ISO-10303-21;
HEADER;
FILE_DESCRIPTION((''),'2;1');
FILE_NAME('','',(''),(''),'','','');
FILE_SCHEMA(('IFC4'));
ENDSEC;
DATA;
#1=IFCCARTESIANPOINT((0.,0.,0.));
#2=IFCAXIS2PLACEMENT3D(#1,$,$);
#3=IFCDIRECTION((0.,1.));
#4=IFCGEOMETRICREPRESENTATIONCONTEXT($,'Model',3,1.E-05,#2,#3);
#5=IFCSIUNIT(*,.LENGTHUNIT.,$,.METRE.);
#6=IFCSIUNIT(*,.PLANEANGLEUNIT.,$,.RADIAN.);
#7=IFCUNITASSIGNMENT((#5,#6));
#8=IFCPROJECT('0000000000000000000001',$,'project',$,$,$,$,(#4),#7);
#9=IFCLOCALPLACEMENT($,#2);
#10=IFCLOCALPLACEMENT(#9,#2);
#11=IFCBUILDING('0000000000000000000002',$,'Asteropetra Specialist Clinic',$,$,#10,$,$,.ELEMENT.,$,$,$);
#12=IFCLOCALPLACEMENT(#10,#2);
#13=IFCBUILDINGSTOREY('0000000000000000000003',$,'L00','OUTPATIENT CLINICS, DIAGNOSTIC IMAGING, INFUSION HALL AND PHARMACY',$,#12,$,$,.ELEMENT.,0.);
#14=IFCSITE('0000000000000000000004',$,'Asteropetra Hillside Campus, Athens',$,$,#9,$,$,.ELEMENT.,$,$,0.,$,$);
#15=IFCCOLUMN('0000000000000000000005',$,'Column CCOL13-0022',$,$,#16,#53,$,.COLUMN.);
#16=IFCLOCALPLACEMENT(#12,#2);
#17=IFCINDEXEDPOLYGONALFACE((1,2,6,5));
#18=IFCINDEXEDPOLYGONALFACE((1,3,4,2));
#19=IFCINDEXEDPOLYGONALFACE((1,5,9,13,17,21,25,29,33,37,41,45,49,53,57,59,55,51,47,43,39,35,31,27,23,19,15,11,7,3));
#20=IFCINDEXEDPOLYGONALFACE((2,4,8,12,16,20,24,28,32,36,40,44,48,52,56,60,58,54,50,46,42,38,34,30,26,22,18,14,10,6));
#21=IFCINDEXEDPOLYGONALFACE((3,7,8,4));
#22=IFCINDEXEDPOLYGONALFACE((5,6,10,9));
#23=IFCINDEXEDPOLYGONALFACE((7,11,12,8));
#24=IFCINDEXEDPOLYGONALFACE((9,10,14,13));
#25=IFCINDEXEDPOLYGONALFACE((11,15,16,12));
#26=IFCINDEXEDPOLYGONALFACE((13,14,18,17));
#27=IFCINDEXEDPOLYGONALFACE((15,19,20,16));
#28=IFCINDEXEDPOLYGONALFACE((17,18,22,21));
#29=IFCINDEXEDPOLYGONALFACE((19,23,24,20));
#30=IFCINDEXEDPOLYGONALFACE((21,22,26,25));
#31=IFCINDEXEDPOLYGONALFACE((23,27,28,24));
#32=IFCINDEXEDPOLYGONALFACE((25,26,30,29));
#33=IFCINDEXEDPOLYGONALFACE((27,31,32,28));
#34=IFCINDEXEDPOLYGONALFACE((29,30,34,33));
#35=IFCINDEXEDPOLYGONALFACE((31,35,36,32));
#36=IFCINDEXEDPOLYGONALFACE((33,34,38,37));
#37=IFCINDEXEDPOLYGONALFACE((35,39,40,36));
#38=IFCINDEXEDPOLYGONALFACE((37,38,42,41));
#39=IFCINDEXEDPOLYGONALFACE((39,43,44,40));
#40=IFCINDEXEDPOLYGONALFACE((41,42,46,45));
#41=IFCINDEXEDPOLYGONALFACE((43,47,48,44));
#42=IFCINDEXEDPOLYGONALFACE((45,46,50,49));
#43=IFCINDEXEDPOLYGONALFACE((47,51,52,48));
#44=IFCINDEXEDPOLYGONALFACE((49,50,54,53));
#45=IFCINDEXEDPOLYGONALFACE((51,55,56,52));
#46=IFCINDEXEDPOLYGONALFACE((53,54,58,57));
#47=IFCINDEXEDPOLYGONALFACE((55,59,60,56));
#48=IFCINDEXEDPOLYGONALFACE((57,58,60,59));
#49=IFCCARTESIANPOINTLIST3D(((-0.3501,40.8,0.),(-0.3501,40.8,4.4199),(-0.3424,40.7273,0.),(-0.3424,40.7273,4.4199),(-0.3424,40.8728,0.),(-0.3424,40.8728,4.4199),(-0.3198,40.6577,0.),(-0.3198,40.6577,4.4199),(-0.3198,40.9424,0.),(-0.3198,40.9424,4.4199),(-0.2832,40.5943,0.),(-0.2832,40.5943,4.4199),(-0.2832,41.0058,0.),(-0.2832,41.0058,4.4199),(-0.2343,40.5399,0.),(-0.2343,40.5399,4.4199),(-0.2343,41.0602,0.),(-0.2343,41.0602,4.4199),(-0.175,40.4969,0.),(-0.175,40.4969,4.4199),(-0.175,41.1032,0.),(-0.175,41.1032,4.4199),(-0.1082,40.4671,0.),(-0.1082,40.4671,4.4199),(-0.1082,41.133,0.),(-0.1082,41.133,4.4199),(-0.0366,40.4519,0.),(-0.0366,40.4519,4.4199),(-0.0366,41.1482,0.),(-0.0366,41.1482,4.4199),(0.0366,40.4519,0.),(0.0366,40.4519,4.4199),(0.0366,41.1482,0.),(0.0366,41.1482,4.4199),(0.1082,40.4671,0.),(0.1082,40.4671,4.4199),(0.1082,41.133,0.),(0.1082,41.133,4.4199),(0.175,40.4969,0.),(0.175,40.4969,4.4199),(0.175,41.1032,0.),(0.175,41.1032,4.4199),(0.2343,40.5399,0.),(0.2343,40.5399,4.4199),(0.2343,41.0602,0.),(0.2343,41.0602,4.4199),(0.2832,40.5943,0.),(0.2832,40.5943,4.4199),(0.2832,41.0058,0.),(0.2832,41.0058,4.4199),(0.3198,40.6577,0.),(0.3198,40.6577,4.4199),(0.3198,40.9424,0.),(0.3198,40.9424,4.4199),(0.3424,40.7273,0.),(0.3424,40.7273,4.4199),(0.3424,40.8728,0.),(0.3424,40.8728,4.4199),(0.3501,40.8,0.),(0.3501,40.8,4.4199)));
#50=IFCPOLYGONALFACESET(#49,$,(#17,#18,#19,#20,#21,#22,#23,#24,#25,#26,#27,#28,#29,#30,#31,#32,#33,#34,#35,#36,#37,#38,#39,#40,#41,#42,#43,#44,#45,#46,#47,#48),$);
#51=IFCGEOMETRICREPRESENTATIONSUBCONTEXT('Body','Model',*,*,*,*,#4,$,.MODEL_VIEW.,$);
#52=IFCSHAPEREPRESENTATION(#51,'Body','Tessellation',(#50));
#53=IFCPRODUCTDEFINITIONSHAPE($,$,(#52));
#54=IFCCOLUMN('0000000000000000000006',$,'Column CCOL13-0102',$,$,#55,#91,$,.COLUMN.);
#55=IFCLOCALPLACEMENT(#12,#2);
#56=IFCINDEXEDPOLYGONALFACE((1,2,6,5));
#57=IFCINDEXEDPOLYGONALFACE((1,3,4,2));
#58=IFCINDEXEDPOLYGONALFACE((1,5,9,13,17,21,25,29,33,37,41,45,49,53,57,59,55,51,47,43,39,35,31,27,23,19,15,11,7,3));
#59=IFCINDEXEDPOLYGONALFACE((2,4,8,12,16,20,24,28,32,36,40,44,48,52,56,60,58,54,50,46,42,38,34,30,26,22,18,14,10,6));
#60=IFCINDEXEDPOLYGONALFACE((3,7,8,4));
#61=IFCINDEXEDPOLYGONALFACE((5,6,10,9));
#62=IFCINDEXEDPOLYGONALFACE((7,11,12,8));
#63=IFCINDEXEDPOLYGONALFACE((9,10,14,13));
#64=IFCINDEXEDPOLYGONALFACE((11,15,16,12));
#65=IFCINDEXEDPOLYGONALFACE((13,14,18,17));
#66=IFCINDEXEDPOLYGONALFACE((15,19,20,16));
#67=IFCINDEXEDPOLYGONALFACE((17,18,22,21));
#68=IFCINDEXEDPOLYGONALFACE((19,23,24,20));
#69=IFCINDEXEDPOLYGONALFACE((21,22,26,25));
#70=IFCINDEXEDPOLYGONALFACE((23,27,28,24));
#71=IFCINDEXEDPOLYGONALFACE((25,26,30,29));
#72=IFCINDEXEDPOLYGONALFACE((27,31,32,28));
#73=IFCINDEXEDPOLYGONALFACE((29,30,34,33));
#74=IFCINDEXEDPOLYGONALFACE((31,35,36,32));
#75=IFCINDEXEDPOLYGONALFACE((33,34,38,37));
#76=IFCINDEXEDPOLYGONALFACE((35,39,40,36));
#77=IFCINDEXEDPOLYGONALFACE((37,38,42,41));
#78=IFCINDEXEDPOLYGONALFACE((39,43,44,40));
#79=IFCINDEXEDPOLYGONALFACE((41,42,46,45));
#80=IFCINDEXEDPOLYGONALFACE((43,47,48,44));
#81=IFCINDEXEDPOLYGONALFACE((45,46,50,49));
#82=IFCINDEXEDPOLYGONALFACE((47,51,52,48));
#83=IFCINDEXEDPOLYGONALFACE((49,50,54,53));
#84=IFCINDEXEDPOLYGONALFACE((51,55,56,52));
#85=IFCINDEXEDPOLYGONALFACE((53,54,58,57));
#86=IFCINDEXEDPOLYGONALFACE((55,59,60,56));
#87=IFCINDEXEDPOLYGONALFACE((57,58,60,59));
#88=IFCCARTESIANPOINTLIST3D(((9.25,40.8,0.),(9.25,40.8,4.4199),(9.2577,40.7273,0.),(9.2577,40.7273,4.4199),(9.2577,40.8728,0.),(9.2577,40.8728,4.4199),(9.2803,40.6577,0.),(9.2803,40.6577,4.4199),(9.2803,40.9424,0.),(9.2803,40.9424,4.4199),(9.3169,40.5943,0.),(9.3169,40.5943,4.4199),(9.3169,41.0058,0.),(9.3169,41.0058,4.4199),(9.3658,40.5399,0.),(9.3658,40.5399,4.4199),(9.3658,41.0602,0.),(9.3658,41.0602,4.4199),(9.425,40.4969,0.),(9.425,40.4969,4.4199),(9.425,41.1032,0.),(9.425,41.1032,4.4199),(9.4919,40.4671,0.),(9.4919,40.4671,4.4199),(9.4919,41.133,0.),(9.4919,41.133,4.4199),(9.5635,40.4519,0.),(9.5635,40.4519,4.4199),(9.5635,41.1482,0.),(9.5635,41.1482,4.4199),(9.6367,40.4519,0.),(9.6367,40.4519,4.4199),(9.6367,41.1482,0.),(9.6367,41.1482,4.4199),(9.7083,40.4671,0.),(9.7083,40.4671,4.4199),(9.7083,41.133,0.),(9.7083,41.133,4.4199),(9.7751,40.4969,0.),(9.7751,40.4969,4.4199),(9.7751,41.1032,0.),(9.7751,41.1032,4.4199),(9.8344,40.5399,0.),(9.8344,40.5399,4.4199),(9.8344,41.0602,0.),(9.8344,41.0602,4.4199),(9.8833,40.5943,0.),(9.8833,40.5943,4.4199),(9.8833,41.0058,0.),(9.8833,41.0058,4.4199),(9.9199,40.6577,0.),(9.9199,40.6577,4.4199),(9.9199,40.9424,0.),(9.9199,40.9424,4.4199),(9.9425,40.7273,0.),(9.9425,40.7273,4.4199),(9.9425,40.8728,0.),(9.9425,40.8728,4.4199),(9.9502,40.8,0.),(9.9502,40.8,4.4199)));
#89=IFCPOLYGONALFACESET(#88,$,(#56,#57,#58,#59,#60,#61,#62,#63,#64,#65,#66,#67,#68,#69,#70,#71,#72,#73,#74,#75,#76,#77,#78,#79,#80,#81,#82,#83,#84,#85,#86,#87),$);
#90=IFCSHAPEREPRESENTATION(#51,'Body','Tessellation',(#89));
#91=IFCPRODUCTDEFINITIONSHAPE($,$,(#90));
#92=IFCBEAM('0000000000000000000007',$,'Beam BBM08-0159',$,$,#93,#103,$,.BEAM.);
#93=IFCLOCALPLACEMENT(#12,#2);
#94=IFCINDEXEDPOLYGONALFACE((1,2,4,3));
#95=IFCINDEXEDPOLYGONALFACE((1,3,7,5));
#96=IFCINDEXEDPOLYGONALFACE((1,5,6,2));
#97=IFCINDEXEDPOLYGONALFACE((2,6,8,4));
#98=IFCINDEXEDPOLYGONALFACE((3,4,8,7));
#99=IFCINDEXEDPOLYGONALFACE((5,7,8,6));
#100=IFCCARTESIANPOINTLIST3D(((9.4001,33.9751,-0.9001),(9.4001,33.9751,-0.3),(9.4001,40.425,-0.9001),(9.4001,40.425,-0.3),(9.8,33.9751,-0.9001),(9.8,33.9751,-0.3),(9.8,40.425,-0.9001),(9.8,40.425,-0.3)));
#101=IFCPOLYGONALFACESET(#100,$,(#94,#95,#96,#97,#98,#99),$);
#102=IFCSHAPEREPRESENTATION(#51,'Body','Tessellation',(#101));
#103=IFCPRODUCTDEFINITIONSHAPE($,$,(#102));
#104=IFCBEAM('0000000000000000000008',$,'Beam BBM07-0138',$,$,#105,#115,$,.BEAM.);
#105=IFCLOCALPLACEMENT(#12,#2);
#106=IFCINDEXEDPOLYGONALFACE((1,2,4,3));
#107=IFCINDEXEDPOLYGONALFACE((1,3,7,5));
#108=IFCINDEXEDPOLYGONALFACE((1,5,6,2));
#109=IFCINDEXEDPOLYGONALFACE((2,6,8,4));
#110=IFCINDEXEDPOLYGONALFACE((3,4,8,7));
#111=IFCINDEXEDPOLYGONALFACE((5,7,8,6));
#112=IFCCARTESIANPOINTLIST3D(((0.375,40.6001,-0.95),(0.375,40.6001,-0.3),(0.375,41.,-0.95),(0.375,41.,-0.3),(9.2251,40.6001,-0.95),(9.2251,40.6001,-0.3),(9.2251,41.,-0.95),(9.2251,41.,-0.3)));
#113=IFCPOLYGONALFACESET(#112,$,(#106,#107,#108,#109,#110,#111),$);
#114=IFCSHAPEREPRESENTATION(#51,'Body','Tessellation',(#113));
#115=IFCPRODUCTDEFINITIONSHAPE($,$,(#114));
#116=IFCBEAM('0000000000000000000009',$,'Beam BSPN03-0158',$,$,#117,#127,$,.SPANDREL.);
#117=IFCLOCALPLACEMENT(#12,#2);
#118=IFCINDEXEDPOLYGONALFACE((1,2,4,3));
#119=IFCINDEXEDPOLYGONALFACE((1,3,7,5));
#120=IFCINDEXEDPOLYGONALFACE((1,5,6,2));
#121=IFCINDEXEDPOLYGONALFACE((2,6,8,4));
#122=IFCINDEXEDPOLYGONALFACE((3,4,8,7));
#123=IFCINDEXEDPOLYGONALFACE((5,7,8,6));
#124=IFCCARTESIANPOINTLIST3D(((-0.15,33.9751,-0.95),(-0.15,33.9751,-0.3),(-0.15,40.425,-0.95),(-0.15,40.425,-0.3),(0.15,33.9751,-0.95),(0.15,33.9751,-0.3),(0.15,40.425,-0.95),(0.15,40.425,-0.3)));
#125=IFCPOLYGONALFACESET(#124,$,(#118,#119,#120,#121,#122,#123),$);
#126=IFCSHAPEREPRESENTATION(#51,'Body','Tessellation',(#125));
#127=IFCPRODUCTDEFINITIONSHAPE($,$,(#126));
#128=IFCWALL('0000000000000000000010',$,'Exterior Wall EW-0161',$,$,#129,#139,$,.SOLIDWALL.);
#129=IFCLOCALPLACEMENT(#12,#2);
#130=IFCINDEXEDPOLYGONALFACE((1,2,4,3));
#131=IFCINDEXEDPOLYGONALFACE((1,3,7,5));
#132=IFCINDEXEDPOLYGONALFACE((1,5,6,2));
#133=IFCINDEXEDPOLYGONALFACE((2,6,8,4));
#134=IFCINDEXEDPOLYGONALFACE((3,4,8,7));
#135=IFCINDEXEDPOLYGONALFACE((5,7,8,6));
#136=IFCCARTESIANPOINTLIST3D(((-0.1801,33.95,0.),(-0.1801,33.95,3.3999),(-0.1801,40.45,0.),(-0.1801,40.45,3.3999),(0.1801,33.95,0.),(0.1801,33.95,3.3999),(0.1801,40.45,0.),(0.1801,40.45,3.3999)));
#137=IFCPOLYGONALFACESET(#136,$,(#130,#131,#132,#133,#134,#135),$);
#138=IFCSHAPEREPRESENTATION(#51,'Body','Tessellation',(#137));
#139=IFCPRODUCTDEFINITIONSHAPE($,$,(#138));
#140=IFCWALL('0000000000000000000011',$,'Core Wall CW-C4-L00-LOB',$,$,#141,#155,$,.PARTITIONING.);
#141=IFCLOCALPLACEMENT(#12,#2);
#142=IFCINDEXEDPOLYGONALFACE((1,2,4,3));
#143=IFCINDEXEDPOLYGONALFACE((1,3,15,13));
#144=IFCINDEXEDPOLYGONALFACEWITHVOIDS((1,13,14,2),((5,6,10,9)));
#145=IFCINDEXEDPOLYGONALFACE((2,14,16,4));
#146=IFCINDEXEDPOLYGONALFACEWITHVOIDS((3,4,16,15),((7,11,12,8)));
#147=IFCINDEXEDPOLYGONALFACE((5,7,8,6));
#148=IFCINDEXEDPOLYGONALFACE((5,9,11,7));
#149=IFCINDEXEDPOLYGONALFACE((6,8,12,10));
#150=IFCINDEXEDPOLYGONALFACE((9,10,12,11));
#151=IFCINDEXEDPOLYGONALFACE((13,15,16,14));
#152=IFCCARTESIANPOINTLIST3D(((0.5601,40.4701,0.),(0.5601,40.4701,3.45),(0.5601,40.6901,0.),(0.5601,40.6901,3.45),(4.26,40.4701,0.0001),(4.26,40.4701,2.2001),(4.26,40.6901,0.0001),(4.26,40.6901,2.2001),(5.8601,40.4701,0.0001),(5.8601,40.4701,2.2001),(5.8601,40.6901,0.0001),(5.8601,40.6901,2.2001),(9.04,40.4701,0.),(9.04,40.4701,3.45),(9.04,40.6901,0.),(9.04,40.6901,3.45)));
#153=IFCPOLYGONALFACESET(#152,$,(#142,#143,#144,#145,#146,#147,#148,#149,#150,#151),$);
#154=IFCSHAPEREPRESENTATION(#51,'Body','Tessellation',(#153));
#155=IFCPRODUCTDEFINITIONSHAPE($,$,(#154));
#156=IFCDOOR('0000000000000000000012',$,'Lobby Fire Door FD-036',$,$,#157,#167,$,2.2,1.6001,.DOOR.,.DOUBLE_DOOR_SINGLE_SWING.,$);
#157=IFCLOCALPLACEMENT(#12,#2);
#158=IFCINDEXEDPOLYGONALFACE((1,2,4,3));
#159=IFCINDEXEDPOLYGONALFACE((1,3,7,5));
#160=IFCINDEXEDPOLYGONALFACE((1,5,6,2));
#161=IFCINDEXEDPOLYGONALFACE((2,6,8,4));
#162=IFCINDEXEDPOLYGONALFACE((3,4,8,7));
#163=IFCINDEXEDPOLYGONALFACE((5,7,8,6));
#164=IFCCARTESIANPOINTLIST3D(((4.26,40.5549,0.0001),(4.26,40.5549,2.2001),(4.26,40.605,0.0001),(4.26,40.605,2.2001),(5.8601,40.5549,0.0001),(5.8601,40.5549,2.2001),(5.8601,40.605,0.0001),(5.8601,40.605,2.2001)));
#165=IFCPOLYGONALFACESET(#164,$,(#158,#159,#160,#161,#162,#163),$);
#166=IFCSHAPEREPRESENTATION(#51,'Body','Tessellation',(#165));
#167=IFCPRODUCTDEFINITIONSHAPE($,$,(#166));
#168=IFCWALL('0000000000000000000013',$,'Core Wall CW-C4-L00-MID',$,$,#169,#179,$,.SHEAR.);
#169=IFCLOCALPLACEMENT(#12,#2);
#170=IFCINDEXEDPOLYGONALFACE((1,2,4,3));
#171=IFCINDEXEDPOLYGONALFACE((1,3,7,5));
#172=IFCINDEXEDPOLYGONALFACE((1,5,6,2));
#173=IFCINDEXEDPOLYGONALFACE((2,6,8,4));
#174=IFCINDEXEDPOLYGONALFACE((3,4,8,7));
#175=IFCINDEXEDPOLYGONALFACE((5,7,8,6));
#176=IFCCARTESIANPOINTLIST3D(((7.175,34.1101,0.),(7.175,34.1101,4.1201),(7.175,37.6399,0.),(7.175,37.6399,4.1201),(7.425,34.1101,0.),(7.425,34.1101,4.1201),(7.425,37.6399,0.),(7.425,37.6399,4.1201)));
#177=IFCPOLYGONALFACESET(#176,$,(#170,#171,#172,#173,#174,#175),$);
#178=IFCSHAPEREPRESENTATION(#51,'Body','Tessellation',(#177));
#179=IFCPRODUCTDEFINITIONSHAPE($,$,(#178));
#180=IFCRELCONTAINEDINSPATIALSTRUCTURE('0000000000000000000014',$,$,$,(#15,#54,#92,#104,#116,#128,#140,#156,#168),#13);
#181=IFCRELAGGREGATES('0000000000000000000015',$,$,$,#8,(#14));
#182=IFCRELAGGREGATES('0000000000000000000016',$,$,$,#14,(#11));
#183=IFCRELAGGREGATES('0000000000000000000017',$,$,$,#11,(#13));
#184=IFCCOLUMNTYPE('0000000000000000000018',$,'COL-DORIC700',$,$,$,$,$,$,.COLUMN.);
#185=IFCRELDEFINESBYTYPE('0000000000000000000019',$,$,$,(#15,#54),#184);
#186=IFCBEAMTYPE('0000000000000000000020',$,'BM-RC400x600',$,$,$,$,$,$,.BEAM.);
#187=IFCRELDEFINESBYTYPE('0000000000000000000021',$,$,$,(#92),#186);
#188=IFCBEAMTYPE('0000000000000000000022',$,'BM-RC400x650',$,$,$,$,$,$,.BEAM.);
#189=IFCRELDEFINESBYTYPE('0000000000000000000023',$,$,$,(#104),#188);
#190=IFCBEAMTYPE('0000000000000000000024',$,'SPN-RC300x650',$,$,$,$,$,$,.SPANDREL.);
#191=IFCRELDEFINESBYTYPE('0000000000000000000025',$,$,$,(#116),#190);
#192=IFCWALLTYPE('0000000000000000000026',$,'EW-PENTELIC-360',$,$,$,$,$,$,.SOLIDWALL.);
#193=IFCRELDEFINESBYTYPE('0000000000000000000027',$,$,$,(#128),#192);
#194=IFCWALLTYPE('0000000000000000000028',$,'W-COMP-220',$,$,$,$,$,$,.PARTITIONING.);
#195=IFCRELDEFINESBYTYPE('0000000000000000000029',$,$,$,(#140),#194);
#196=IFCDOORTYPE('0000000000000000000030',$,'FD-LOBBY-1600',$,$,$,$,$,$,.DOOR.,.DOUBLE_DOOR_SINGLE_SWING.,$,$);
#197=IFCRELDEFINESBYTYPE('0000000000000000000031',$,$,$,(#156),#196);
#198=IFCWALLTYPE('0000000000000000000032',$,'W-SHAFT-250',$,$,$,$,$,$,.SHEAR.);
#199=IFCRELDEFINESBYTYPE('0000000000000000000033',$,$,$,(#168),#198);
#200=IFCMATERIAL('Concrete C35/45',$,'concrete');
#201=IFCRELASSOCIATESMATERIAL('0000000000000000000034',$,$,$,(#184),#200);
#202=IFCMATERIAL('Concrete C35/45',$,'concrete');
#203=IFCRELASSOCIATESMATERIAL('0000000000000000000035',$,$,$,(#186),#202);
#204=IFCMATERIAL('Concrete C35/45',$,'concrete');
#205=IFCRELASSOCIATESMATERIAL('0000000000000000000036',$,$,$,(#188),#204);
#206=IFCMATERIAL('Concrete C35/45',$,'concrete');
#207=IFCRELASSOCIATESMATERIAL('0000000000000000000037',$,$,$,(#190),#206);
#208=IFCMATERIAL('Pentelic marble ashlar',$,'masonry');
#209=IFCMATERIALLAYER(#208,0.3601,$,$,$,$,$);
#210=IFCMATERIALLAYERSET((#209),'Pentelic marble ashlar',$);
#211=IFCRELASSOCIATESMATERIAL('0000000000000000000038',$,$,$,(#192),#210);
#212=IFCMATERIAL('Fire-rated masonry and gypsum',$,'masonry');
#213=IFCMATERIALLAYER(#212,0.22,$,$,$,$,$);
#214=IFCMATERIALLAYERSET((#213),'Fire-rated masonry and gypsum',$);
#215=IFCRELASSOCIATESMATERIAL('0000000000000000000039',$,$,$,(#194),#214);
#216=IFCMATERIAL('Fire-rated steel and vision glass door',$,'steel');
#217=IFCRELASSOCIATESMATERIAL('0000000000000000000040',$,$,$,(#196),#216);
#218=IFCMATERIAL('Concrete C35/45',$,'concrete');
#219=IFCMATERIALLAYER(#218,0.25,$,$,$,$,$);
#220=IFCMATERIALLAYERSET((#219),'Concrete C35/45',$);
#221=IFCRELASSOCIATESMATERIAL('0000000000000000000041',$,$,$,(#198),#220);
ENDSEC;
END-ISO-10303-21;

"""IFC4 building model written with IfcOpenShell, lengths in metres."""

from ifc_helpers import new_model, si_unit, direction, frame, frame_2d, origin, origin_2d, place, context, subcontext, project, spatial, rectangle, circle, extrude, material, layer, layer_set, material_profile, profile_set, type_object, element, fill, save


model = new_model("IFC4")

# Units and contexts
model_context = context("Model", 3, precision=1e-05, world=origin(), true_north=direction((0.0, 1.0)))
body_context = subcontext(model_context, "Body", "Model", "MODEL_VIEW")
ifc_project = project(units=[si_unit("LENGTHUNIT", "METRE"), si_unit("PLANEANGLEUNIT", "RADIAN")], contexts=[model_context])

# Site, building, storey
site_placement = place(None, origin())
site = spatial("IfcSite", under=ifc_project, at=site_placement, Name="Asteropetra Hillside Campus, Athens", CompositionType="ELEMENT", RefElevation=0.0)
building_placement = place(site_placement, origin())
building = spatial("IfcBuilding", under=site, at=building_placement, Name="Asteropetra Specialist Clinic", CompositionType="ELEMENT")
storey_placement = place(building_placement, origin())
storey = spatial("IfcBuildingStorey", under=building, at=storey_placement, Name="L00", Description="OUTPATIENT CLINICS, DIAGNOSTIC IMAGING, INFUSION HALL AND PHARMACY", CompositionType="ELEMENT", Elevation=0.0)

# Columns
ifc_material_1 = material(Name="Concrete C35/45", Category="concrete")
ifc_material_profile_1 = material_profile(ifc_material_1, circle(Radius=0.3501, at=origin_2d()), Name="RCC D700")
ifc_profile_set_1 = profile_set([ifc_material_profile_1], Name="Concrete C35/45")
column_type = type_object("IfcColumnType", Name="COL-DORIC700", PredefinedType="COLUMN", material=ifc_profile_set_1)
for number, where, z_axis, x_axis, name in (
    (1, (0.0, 40.8, 0.0), (0.0, 0.0, 1.0), (1.0, 0.0, 0.0), "Column CCOL13-0022"),
    (2, (9.6001, 40.8, 0.0), (0.0, 0.0, 1.0), (1.0, 0.0, 0.0), "Column CCOL13-0102"),
):
    element("IfcColumn", number, at=place(storey_placement, frame(where, z_axis=z_axis, x_axis=x_axis)), inside=storey, type_object=column_type, Name=name, PredefinedType="COLUMN", context=body_context, shape_type="SweptSolid", body=[
        extrude(circle(Radius=0.3501, at=origin_2d()), origin(), (0.0, 0.0, 1.0), 4.4199),
    ])

# Beams
ifc_material_2 = material(Name="Concrete C35/45", Category="concrete")
ifc_material_profile_2 = material_profile(ifc_material_2, rectangle(XDim=0.3999, YDim=0.6001, at=origin_2d()), Name="RCB 400x600")
ifc_profile_set_2 = profile_set([ifc_material_profile_2], Name="Concrete C35/45")
beam_type_1 = type_object("IfcBeamType", Name="BM-RC400x600", PredefinedType="BEAM", material=ifc_profile_set_2)
beam_1_placement = place(storey_placement, frame((9.6001, 33.9751, -0.6001), z_axis=(0.0, 1.0, 0.0), x_axis=(-1.0, 0.0, 0.0)))
element("IfcBeam", 3, at=beam_1_placement, inside=storey, type_object=beam_type_1, Name="Beam BBM08-0159", PredefinedType="BEAM", context=body_context, shape_type="SweptSolid", body=[
    extrude(rectangle(XDim=0.3999, YDim=0.6001, at=origin_2d()), origin(), (0.0, 0.0, 1.0), 6.45),
])
ifc_material_3 = material(Name="Concrete C35/45", Category="concrete")
ifc_material_profile_3 = material_profile(ifc_material_3, rectangle(XDim=0.3999, YDim=0.6499, at=origin_2d()), Name="RCB 400x650")
ifc_profile_set_3 = profile_set([ifc_material_profile_3], Name="Concrete C35/45")
beam_type_2 = type_object("IfcBeamType", Name="BM-RC400x650", PredefinedType="BEAM", material=ifc_profile_set_3)
beam_2_placement = place(storey_placement, frame((0.375, 40.8, -0.625), z_axis=(1.0, 0.0, 0.0), x_axis=(0.0, 1.0, 0.0)))
element("IfcBeam", 4, at=beam_2_placement, inside=storey, type_object=beam_type_2, Name="Beam BBM07-0138", PredefinedType="BEAM", context=body_context, shape_type="SweptSolid", body=[
    extrude(rectangle(XDim=0.3999, YDim=0.6499, at=origin_2d()), origin(), (0.0, 0.0, 1.0), 8.8501),
])
ifc_material_4 = material(Name="Concrete C35/45", Category="concrete")
ifc_material_profile_4 = material_profile(ifc_material_4, rectangle(XDim=0.3, YDim=0.6499, at=origin_2d()), Name="RCS 300x650")
ifc_profile_set_4 = profile_set([ifc_material_profile_4], Name="Concrete C35/45")
beam_type_3 = type_object("IfcBeamType", Name="SPN-RC300x650", PredefinedType="SPANDREL", material=ifc_profile_set_4)
beam_3_placement = place(storey_placement, frame((0.0, 33.9751, -0.625), z_axis=(0.0, 1.0, 0.0), x_axis=(-1.0, 0.0, 0.0)))
element("IfcBeam", 5, at=beam_3_placement, inside=storey, type_object=beam_type_3, Name="Beam BSPN03-0158", PredefinedType="SPANDREL", context=body_context, shape_type="SweptSolid", body=[
    extrude(rectangle(XDim=0.3, YDim=0.6499, at=origin_2d()), origin(), (0.0, 0.0, 1.0), 6.45),
])

# Wall
ifc_material_5 = material(Name="Pentelic marble ashlar", Category="masonry")
ifc_layer_1 = layer(ifc_material_5, 0.3601)
ifc_layer_set_1 = layer_set([ifc_layer_1], Name="Pentelic marble ashlar")
wall_type_1 = type_object("IfcWallType", Name="EW-PENTELIC-360", PredefinedType="SOLIDWALL", material=ifc_layer_set_1)
wall_1_placement = place(storey_placement, frame((0.0, 40.45, 0.0), z_axis=(0.0, 0.0, 1.0), x_axis=(0.0, -1.0, 0.0)))
element("IfcWall", 6, at=wall_1_placement, inside=storey, type_object=wall_type_1, Name="Exterior Wall EW-0161", PredefinedType="SOLIDWALL", context=body_context, shape_type="SweptSolid", body=[
    extrude(rectangle(XDim=6.5, YDim=0.3601, at=frame_2d((3.25, 0.0))), origin(), (0.0, 0.0, 1.0), 3.3999),
])

# Wall, opening, door
ifc_material_6 = material(Name="Fire-rated masonry and gypsum", Category="masonry")
ifc_layer_2 = layer(ifc_material_6, 0.22)
ifc_layer_set_2 = layer_set([ifc_layer_2], Name="Fire-rated masonry and gypsum")
wall_type_2 = type_object("IfcWallType", Name="W-COMP-220", PredefinedType="PARTITIONING", material=ifc_layer_set_2)
wall_2_placement = place(storey_placement, frame((0.5601, 40.5801, 0.0), z_axis=(0.0, 0.0, 1.0), x_axis=(1.0, 0.0, 0.0)))
wall_2 = element("IfcWall", 7, at=wall_2_placement, inside=storey, type_object=wall_type_2, Name="Core Wall CW-C4-L00-LOB", PredefinedType="PARTITIONING", context=body_context, shape_type="SweptSolid", body=[
    extrude(rectangle(XDim=8.48, YDim=0.22, at=frame_2d((4.24, 0.0))), origin(), (0.0, 0.0, 1.0), 3.45),
])
opening_1_placement = place(wall_2_placement, frame((3.7, 0.0, 0.0)))
opening_1 = element("IfcOpeningElement", 8, at=opening_1_placement, cuts=wall_2, PredefinedType="OPENING", context=body_context, shape_type="SweptSolid", body=[
    extrude(rectangle(XDim=1.6001, YDim=2.2, at=frame_2d((0.8, 1.1001))), frame((0.0, 0.1199, 0.0), z_axis=(0.0, -1.0, 0.0), x_axis=(1.0, 0.0, 0.0)), (0.0, 0.0, 1.0), 0.24),
])
ifc_material_7 = material(Name="Fire-rated steel and vision glass door", Category="steel")
door_type_1 = type_object("IfcDoorType", Name="FD-LOBBY-1600", OperationType="DOUBLE_DOOR_SINGLE_SWING", PredefinedType="DOOR", material=ifc_material_7)
door_1_placement = place(opening_1_placement, origin())
door_1 = element("IfcDoor", 9, at=door_1_placement, inside=storey, type_object=door_type_1, Name="Lobby Fire Door FD-036", OperationType="DOUBLE_DOOR_SINGLE_SWING", OverallHeight=2.2, OverallWidth=1.6001, PredefinedType="DOOR", context=body_context, shape_type="SweptSolid", body=[
    extrude(rectangle(XDim=1.6001, YDim=2.2, at=frame_2d((0.8, 1.1001))), frame((0.0, 0.0249, 0.0), z_axis=(0.0, -1.0, 0.0), x_axis=(1.0, 0.0, 0.0)), (0.0, 0.0, 1.0), 0.05),
])
fill(opening_1, door_1)

# Wall
ifc_material_8 = material(Name="Concrete C35/45", Category="concrete")
ifc_layer_3 = layer(ifc_material_8, 0.25)
ifc_layer_set_3 = layer_set([ifc_layer_3], Name="Concrete C35/45")
wall_type_3 = type_object("IfcWallType", Name="W-SHAFT-250", PredefinedType="SHEAR", material=ifc_layer_set_3)
wall_3_placement = place(storey_placement, frame((7.3, 34.1101, 0.0), z_axis=(0.0, 0.0, 1.0), x_axis=(0.0, 1.0, 0.0)))
element("IfcWall", 10, at=wall_3_placement, inside=storey, type_object=wall_type_3, Name="Core Wall CW-C4-L00-MID", PredefinedType="SHEAR", context=body_context, shape_type="SweptSolid", body=[
    extrude(rectangle(XDim=3.5298, YDim=0.25, at=frame_2d((1.7649, 0.0))), origin(), (0.0, 0.0, 1.0), 4.1201),
])

save(model, "model.ifc")
